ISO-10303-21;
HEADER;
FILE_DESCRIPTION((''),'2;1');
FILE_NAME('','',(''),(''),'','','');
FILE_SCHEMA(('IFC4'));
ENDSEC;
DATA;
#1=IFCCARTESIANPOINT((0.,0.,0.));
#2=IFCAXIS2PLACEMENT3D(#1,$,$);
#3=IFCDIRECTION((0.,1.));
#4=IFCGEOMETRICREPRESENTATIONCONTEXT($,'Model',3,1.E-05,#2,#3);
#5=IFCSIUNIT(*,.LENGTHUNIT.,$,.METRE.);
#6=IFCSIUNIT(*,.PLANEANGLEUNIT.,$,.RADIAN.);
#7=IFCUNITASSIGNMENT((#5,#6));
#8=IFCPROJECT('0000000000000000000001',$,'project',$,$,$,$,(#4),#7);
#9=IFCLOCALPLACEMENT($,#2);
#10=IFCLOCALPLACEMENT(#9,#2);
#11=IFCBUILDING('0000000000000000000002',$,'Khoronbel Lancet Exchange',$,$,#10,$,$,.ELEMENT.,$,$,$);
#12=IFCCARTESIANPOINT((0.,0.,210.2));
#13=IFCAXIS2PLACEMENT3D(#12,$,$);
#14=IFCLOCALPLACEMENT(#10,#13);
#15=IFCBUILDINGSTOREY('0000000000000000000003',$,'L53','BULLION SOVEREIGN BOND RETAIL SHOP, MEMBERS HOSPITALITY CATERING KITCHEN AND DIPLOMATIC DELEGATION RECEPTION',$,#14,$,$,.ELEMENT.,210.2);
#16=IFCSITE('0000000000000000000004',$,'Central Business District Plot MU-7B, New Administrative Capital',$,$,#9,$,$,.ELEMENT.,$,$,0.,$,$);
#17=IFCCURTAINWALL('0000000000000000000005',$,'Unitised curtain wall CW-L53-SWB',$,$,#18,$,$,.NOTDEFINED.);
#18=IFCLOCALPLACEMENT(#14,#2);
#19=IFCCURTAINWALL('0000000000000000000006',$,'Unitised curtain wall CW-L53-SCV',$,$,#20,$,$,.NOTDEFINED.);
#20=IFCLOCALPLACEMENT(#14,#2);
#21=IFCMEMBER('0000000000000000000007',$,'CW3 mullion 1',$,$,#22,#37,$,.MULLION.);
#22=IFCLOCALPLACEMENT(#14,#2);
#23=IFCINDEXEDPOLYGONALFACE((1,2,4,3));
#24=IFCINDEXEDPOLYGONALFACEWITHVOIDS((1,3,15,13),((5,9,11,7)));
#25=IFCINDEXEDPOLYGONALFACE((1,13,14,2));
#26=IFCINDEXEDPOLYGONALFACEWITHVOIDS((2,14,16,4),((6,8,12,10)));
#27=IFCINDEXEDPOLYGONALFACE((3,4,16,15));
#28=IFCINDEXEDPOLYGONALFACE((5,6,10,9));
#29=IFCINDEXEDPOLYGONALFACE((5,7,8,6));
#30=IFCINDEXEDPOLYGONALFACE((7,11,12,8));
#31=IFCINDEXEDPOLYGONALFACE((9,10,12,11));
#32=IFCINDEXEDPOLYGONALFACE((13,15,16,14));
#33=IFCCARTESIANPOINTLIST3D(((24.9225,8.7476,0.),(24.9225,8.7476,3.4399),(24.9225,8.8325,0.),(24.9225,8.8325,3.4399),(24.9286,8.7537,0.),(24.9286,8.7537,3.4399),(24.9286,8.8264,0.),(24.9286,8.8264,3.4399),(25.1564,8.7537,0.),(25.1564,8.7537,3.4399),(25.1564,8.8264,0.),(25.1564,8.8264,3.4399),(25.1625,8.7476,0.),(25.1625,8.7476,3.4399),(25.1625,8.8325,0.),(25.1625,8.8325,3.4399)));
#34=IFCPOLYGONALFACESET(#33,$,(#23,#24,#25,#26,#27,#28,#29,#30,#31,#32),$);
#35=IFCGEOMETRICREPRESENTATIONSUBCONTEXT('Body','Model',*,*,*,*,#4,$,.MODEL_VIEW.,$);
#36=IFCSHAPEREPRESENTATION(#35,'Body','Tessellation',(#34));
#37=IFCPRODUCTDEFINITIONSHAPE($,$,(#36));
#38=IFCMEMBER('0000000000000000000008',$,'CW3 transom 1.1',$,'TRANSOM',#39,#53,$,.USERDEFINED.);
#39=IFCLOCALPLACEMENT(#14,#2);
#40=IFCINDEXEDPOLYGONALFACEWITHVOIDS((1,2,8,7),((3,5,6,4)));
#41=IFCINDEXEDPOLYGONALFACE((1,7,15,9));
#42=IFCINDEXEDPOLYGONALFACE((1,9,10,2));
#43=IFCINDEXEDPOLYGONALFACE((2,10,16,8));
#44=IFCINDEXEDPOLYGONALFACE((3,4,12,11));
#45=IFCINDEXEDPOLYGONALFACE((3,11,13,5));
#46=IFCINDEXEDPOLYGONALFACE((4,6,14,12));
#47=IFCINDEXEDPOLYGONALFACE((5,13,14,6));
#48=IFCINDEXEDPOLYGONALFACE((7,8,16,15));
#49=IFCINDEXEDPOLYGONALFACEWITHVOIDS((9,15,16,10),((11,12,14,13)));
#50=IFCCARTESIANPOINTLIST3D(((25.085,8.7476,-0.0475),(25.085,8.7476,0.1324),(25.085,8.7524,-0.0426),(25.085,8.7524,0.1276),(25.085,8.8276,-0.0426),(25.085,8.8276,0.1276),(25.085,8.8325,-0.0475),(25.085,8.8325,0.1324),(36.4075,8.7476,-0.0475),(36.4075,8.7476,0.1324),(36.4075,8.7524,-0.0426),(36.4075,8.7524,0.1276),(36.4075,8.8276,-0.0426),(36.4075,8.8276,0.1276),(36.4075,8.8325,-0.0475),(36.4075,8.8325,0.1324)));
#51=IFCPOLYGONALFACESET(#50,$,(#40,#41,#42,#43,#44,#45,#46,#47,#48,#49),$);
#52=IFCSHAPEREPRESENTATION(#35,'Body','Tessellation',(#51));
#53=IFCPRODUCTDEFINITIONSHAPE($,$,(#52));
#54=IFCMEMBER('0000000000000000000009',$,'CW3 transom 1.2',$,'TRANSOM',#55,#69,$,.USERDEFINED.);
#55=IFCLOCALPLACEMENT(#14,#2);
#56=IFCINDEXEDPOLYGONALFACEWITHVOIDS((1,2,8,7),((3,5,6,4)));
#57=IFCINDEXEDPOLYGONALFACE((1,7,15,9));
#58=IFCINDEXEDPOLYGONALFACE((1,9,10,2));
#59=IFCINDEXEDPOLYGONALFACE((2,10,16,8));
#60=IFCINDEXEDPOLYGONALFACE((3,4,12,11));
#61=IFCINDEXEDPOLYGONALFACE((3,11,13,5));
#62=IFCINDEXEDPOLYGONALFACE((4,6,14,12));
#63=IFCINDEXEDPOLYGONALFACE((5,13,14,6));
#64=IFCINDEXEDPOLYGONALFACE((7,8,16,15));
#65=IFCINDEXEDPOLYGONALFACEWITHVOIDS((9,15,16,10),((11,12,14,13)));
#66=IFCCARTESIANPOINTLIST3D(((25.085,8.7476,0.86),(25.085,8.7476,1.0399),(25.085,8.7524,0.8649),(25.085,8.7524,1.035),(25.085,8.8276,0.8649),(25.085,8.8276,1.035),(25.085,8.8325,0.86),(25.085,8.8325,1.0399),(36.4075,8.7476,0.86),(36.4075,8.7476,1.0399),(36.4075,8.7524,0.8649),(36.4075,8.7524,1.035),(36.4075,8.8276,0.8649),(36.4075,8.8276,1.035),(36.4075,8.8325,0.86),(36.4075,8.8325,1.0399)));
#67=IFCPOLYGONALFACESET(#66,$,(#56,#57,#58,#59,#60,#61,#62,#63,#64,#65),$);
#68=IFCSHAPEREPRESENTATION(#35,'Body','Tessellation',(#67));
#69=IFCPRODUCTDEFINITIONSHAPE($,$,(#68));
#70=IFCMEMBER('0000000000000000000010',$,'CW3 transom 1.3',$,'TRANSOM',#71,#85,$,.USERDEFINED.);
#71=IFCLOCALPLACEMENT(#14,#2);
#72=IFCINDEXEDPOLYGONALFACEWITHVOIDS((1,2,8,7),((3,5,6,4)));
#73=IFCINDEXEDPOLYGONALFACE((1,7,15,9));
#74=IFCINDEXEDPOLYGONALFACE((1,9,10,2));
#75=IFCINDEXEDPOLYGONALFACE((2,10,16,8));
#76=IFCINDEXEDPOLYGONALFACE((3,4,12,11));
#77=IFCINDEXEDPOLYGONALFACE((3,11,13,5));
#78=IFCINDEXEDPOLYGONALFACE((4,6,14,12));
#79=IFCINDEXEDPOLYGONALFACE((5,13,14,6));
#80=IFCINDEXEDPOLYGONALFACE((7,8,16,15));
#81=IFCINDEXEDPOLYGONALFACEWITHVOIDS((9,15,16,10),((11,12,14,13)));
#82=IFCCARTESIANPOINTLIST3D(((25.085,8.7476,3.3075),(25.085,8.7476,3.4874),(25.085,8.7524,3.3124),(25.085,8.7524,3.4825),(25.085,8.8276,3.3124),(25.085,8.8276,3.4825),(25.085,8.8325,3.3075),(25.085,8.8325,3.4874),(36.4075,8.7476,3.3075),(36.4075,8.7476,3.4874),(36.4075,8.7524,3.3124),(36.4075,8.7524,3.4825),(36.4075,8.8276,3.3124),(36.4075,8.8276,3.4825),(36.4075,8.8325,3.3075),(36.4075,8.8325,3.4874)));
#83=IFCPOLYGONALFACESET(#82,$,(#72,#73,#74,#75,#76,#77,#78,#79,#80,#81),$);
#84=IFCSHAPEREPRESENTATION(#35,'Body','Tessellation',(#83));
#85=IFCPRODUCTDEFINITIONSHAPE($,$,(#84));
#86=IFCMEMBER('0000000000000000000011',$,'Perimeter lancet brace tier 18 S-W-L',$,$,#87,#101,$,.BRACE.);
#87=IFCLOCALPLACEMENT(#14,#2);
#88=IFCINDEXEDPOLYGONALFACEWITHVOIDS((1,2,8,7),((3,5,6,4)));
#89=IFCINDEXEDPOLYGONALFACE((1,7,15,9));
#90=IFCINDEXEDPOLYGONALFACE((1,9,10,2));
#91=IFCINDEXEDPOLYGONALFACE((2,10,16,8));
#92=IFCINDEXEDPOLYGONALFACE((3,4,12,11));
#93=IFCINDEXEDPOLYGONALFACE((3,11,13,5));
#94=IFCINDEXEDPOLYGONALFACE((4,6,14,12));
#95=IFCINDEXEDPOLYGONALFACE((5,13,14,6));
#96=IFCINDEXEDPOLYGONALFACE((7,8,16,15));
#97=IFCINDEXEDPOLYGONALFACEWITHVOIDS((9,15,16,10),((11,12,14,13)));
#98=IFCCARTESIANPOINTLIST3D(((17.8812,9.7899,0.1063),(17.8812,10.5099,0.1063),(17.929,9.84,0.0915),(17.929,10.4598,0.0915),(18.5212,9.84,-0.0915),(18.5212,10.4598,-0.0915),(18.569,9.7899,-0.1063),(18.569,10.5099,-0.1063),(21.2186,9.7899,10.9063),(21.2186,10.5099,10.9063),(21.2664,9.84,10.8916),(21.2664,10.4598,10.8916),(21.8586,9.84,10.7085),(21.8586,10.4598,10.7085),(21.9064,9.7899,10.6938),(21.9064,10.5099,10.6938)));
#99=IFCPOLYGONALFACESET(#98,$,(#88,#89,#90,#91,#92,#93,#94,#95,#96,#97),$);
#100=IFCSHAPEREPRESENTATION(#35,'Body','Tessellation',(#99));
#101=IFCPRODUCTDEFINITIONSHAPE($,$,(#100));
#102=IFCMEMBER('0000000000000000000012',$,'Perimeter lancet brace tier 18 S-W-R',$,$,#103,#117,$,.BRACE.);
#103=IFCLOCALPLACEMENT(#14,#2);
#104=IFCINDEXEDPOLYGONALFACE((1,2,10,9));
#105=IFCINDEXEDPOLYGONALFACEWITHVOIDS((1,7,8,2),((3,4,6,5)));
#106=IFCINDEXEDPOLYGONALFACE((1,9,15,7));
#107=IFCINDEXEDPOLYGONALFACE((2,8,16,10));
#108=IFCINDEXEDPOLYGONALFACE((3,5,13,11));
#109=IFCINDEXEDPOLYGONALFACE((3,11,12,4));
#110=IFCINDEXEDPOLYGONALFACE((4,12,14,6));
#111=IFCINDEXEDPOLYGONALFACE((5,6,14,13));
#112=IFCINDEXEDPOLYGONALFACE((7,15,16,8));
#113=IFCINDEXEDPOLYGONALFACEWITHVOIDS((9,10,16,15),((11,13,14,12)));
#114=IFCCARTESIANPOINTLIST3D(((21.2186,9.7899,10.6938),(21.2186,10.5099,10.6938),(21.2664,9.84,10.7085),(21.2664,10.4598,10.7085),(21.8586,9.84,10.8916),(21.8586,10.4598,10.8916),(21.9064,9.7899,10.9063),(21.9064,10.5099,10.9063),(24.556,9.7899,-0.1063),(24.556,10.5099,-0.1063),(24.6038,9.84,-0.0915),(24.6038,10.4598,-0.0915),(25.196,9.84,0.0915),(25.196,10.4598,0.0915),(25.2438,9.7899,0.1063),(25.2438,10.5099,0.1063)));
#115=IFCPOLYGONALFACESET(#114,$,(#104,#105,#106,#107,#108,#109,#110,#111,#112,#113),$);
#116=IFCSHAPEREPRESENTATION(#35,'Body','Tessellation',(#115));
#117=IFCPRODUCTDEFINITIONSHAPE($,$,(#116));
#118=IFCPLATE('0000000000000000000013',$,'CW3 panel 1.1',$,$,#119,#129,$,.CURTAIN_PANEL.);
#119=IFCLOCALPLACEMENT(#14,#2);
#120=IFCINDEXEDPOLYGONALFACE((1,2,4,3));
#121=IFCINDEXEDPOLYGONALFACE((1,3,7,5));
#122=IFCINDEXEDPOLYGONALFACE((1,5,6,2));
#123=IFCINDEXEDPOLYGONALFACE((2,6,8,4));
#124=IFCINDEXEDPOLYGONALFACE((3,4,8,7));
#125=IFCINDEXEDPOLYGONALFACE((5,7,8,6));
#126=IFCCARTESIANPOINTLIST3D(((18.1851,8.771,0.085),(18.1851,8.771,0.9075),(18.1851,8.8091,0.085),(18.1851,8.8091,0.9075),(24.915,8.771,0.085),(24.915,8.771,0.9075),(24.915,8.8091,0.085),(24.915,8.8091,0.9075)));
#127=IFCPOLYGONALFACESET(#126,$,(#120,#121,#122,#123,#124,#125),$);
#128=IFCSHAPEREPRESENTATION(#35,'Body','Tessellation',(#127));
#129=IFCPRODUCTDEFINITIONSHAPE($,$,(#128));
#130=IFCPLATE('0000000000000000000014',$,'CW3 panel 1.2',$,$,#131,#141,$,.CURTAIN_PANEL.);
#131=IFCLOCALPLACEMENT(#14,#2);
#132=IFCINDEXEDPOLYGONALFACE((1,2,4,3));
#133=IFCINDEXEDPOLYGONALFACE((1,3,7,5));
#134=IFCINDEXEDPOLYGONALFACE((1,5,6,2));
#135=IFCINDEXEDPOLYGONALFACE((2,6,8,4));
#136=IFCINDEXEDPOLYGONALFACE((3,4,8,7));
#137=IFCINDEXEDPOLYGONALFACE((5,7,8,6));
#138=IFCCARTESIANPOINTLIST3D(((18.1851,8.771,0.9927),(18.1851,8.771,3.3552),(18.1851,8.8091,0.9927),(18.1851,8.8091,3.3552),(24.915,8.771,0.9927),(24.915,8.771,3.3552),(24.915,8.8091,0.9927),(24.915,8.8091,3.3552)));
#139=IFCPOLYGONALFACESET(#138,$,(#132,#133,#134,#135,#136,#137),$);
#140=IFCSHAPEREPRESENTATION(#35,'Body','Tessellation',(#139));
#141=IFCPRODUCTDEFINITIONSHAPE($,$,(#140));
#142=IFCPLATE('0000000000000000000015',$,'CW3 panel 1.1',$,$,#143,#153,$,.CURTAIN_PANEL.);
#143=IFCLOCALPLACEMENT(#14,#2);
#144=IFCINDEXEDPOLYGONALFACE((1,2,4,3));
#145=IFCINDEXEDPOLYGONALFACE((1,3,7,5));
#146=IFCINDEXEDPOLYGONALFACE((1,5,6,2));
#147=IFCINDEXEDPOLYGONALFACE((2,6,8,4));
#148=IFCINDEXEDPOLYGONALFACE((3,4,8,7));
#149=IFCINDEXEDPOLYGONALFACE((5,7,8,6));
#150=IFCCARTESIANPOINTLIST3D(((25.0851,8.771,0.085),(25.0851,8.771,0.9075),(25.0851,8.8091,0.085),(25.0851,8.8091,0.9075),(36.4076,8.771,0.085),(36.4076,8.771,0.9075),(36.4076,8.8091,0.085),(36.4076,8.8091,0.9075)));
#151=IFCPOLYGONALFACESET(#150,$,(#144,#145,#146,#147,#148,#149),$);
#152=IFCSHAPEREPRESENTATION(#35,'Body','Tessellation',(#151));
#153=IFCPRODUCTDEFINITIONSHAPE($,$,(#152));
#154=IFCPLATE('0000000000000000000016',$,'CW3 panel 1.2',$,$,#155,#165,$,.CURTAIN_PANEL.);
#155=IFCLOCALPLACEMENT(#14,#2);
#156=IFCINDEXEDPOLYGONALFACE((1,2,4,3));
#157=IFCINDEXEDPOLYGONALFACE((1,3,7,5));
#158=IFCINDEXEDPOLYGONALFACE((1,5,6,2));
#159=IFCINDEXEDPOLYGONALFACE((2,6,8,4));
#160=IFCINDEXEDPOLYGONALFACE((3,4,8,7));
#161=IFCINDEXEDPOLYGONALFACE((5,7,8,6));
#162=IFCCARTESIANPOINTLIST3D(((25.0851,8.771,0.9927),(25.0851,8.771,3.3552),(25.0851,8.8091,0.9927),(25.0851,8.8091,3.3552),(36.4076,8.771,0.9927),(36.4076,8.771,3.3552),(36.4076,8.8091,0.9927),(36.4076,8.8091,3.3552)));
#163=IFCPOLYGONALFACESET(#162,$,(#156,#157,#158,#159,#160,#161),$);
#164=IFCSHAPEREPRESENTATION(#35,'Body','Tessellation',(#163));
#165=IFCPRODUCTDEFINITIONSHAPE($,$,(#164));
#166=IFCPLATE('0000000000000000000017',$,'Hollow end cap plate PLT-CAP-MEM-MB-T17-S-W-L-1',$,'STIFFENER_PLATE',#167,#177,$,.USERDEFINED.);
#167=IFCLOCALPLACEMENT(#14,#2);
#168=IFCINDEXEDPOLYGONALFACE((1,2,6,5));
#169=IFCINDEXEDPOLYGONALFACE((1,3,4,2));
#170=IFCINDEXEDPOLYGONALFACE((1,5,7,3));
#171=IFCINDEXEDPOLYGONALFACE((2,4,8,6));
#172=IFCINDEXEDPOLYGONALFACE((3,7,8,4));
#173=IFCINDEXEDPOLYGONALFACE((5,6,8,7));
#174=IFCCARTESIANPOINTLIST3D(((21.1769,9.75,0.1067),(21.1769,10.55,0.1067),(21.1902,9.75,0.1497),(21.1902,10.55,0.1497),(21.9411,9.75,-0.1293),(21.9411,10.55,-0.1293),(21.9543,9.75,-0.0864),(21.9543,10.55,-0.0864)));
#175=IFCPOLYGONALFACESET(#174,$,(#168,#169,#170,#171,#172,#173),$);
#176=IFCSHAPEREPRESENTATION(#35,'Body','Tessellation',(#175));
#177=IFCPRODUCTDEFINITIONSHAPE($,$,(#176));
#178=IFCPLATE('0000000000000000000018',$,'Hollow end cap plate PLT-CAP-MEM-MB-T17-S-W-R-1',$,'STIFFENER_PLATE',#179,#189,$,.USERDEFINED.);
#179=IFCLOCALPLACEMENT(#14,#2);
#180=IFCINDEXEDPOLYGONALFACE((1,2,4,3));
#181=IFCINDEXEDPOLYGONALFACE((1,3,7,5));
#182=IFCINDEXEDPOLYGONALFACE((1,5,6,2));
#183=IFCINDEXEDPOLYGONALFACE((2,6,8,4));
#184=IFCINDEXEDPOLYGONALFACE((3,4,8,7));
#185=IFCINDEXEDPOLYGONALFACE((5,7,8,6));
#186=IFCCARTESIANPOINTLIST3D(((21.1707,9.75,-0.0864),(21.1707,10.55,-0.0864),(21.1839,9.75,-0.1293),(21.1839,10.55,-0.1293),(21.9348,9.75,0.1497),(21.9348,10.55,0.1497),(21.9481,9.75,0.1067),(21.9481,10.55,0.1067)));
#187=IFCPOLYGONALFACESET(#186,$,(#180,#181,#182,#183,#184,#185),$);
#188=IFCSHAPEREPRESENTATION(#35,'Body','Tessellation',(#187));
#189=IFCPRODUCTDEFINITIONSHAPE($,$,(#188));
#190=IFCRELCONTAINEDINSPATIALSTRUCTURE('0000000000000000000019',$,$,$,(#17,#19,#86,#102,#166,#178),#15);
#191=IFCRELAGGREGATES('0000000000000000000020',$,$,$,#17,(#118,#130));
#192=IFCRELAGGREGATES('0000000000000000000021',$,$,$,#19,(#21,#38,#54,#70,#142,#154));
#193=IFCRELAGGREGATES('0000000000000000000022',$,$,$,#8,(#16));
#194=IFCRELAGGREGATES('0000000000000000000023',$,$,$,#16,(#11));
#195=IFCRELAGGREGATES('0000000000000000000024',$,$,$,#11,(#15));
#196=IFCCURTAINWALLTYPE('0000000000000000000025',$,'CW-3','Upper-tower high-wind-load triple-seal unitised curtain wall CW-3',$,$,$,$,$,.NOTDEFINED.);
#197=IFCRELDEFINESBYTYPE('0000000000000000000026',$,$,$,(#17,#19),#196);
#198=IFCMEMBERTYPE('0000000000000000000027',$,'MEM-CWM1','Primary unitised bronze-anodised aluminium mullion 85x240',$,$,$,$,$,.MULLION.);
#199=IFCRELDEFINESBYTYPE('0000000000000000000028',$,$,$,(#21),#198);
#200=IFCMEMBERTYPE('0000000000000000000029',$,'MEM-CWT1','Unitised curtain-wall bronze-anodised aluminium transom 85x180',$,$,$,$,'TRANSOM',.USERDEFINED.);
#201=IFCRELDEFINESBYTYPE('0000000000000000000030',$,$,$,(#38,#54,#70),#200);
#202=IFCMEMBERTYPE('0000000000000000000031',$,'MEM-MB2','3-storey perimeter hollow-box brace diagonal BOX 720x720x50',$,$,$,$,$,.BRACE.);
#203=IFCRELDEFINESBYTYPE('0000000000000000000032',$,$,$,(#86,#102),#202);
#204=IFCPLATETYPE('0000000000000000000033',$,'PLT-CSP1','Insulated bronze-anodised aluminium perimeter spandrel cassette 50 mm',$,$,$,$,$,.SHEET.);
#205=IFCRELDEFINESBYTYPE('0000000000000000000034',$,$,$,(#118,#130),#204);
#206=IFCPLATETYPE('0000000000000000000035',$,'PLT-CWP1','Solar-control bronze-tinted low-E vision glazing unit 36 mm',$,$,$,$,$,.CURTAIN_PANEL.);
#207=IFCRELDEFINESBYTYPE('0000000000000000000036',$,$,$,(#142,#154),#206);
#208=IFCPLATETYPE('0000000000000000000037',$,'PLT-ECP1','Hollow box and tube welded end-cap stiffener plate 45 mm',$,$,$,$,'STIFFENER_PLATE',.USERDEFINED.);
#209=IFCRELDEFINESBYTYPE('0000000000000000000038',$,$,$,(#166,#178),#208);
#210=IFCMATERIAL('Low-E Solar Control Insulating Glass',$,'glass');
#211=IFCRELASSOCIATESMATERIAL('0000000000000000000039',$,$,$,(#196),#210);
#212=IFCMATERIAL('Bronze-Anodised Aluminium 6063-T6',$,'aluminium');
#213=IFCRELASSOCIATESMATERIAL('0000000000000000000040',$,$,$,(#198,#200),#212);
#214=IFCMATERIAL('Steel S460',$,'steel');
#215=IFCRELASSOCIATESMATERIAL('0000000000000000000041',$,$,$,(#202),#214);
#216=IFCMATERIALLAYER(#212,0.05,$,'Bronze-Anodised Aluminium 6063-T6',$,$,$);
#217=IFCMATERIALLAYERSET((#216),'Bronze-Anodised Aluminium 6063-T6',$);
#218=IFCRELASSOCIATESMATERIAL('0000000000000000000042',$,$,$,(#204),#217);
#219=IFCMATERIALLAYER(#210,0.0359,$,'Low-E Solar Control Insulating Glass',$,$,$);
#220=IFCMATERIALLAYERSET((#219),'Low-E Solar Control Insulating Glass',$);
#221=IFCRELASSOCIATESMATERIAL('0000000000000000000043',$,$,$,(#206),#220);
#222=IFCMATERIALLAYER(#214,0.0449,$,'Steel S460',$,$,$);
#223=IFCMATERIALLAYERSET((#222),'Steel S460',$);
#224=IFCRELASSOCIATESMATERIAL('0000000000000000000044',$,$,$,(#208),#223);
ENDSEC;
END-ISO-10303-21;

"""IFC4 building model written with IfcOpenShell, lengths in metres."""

from ifc_helpers import new_model, si_unit, direction, frame, origin, origin_2d, place, context, subcontext, project, spatial, polyline, rectangle, hollow_rectangle, outline, extrude, material, layer, layer_set, material_profile, profile_set, type_object, element, aggregate, save


model = new_model("IFC4")

# Units and contexts
model_context = context("Model", 3, precision=1e-05, world=origin(), true_north=direction((0.0, 1.0)))
body_context = subcontext(model_context, "Body", "Model", "MODEL_VIEW")
ifc_project = project(units=[si_unit("LENGTHUNIT", "METRE"), si_unit("PLANEANGLEUNIT", "RADIAN")], contexts=[model_context])

# Site, building, storey
site_placement = place(None, origin())
site = spatial("IfcSite", under=ifc_project, at=site_placement, Name="Central Business District Plot MU-7B, New Administrative Capital", CompositionType="ELEMENT", RefElevation=0.0)
building_placement = place(site_placement, origin())
building = spatial("IfcBuilding", under=site, at=building_placement, Name="Khoronbel Lancet Exchange", CompositionType="ELEMENT")
storey_placement = place(building_placement, frame((0.0, 0.0, 210.2)))
storey = spatial("IfcBuildingStorey", under=building, at=storey_placement, Name="L53", Description="BULLION SOVEREIGN BOND RETAIL SHOP, MEMBERS HOSPITALITY CATERING KITCHEN AND DIPLOMATIC DELEGATION RECEPTION", CompositionType="ELEMENT", Elevation=210.2)

# Shared definitions
ifc_material_1 = material(Name="Steel S460", Category="steel")

# Curtain wall
ifc_material_2 = material(Name="Low-E Solar Control Insulating Glass", Category="glass")
curtain_wall_type = type_object("IfcCurtainWallType", Name="CW-3", Description="Upper-tower high-wind-load triple-seal unitised curtain wall CW-3", PredefinedType="NOTDEFINED", material=ifc_material_2)
curtain_wall_1_placement = place(storey_placement, origin())
curtain_wall_1 = element("IfcCurtainWall", 1, at=curtain_wall_1_placement, inside=storey, type_object=curtain_wall_type, Name="Unitised curtain wall CW-L53-SWB", PredefinedType="NOTDEFINED")
ifc_material_3 = material(Name="Bronze-Anodised Aluminium 6063-T6", Category="aluminium")
ifc_material_profile_1 = material_profile(ifc_material_3, hollow_rectangle(XDim=0.085, YDim=0.24, WallThickness=0.0061, at=origin_2d()), Name="ALU MULLION 85x240")
ifc_profile_set_1 = profile_set([ifc_material_profile_1], Name="Bronze-Anodised Aluminium 6063-T6")
member_type_1 = type_object("IfcMemberType", Name="MEM-CWM1", Description="Primary unitised bronze-anodised aluminium mullion 85x240", PredefinedType="MULLION", material=ifc_profile_set_1)

# Curtain wall, members
curtain_wall_2_placement = place(storey_placement, origin())
curtain_wall_2 = element("IfcCurtainWall", 2, at=curtain_wall_2_placement, inside=storey, type_object=curtain_wall_type, Name="Unitised curtain wall CW-L53-SCV", PredefinedType="NOTDEFINED")
member_1_placement = place(storey_placement, frame((25.0425, 8.79, 0.0), z_axis=(0.0, 0.0, 1.0), x_axis=(0.0, 1.0, 0.0)))
member_1 = element("IfcMember", 3, at=member_1_placement, type_object=member_type_1, Name="CW3 mullion 1", PredefinedType="MULLION", context=body_context, shape_type="SweptSolid", body=[
    extrude(hollow_rectangle(XDim=0.085, YDim=0.24, WallThickness=0.0061, at=origin_2d()), origin(), (0.0, 0.0, 1.0), 3.4399),
])
ifc_material_profile_2 = material_profile(ifc_material_3, hollow_rectangle(XDim=0.085, YDim=0.1799, WallThickness=0.0049, at=origin_2d()), Name="ALU TRANSOM 85x180")
ifc_profile_set_2 = profile_set([ifc_material_profile_2], Name="Bronze-Anodised Aluminium 6063-T6")
member_type_2 = type_object("IfcMemberType", Name="MEM-CWT1", Description="Unitised curtain-wall bronze-anodised aluminium transom 85x180", ElementType="TRANSOM", PredefinedType="USERDEFINED", material=ifc_profile_set_2)
member_2_placement = place(storey_placement, frame((25.085, 8.79, 0.0425), z_axis=(1.0, 0.0, 0.0), x_axis=(0.0, 1.0, 0.0)))
member_2 = element("IfcMember", 4, at=member_2_placement, type_object=member_type_2, Name="CW3 transom 1.1", ObjectType="TRANSOM", PredefinedType="USERDEFINED", context=body_context, shape_type="SweptSolid", body=[
    extrude(hollow_rectangle(XDim=0.085, YDim=0.1799, WallThickness=0.0049, at=origin_2d()), origin(), (0.0, 0.0, 1.0), 11.3225),
])
member_3_placement = place(storey_placement, frame((25.085, 8.79, 0.95), z_axis=(1.0, 0.0, 0.0), x_axis=(0.0, 1.0, 0.0)))
member_3 = element("IfcMember", 5, at=member_3_placement, type_object=member_type_2, Name="CW3 transom 1.2", ObjectType="TRANSOM", PredefinedType="USERDEFINED", context=body_context, shape_type="SweptSolid", body=[
    extrude(hollow_rectangle(XDim=0.085, YDim=0.1799, WallThickness=0.0049, at=origin_2d()), origin(), (0.0, 0.0, 1.0), 11.3225),
])
member_4_placement = place(storey_placement, frame((25.085, 8.79, 3.3975), z_axis=(1.0, 0.0, 0.0), x_axis=(0.0, 1.0, 0.0)))
member_4 = element("IfcMember", 6, at=member_4_placement, type_object=member_type_2, Name="CW3 transom 1.3", ObjectType="TRANSOM", PredefinedType="USERDEFINED", context=body_context, shape_type="SweptSolid", body=[
    extrude(hollow_rectangle(XDim=0.085, YDim=0.1799, WallThickness=0.0049, at=origin_2d()), origin(), (0.0, 0.0, 1.0), 11.3225),
])

# Members
ifc_material_profile_3 = material_profile(ifc_material_1, hollow_rectangle(XDim=0.72, YDim=0.72, WallThickness=0.05, at=origin_2d()), Name="BOX 720x720x50")
ifc_profile_set_3 = profile_set([ifc_material_profile_3], Name="Steel S460")
member_type_3 = type_object("IfcMemberType", Name="MEM-MB2", Description="3-storey perimeter hollow-box brace diagonal BOX 720x720x50", PredefinedType="BRACE", material=ifc_profile_set_3)
for number, where, z_axis, x_axis, name in (
    (7, (18.2251, 10.1499, 0.0), (0.295242, 0.0, 0.955422), (0.0, 1.0, 0.0), "Perimeter lancet brace tier 18 S-W-L"),
    (8, (24.8999, 10.1499, 0.0), (-0.295242, 0.0, 0.955422), (0.0, -1.0, 0.0), "Perimeter lancet brace tier 18 S-W-R"),
):
    element("IfcMember", number, at=place(storey_placement, frame(where, z_axis=z_axis, x_axis=x_axis)), inside=storey, type_object=member_type_3, Name=name, PredefinedType="BRACE", context=body_context, shape_type="SweptSolid", body=[
        extrude(hollow_rectangle(XDim=0.72, YDim=0.72, WallThickness=0.05, at=origin_2d()), origin(), (0.0, 0.0, 1.0), 11.304),
    ])

# Plates
ifc_layer_1 = layer(ifc_material_3, 0.05, Name="Bronze-Anodised Aluminium 6063-T6")
ifc_layer_set_1 = layer_set([ifc_layer_1], Name="Bronze-Anodised Aluminium 6063-T6")
plate_type_1 = type_object("IfcPlateType", Name="PLT-CSP1", Description="Insulated bronze-anodised aluminium perimeter spandrel cassette 50 mm", PredefinedType="SHEET", material=ifc_layer_set_1)
plate_1_placement = place(storey_placement, frame((21.55, 8.79, 0.085), z_axis=(0.0, 0.0, 1.0), x_axis=(1.0, 0.0, 0.0)))
plate_1 = element("IfcPlate", 9, at=plate_1_placement, type_object=plate_type_1, Name="CW3 panel 1.1", PredefinedType="CURTAIN_PANEL", context=body_context, shape_type="SweptSolid", body=[
    extrude(rectangle(XDim=6.73, YDim=0.0381, at=origin_2d()), origin(), (0.0, 0.0, 1.0), 0.8225),
])
plate_2_placement = place(storey_placement, frame((21.55, 8.79, 0.9927), z_axis=(0.0, 0.0, 1.0), x_axis=(1.0, 0.0, 0.0)))
plate_2 = element("IfcPlate", 10, at=plate_2_placement, type_object=plate_type_1, Name="CW3 panel 1.2", PredefinedType="CURTAIN_PANEL", context=body_context, shape_type="SweptSolid", body=[
    extrude(rectangle(XDim=6.73, YDim=0.0381, at=origin_2d()), origin(), (0.0, 0.0, 1.0), 2.3625),
])
aggregate(curtain_wall_1, [plate_1, plate_2])
ifc_layer_2 = layer(ifc_material_2, 0.0359, Name="Low-E Solar Control Insulating Glass")
ifc_layer_set_2 = layer_set([ifc_layer_2], Name="Low-E Solar Control Insulating Glass")
plate_type_2 = type_object("IfcPlateType", Name="PLT-CWP1", Description="Solar-control bronze-tinted low-E vision glazing unit 36 mm", PredefinedType="CURTAIN_PANEL", material=ifc_layer_set_2)
plate_3_placement = place(storey_placement, frame((30.7463, 8.79, 0.085), z_axis=(0.0, 0.0, 1.0), x_axis=(1.0, 0.0, 0.0)))
plate_3 = element("IfcPlate", 11, at=plate_3_placement, type_object=plate_type_2, Name="CW3 panel 1.1", PredefinedType="CURTAIN_PANEL", context=body_context, shape_type="SweptSolid", body=[
    extrude(rectangle(XDim=11.3225, YDim=0.0381, at=origin_2d()), origin(), (0.0, 0.0, 1.0), 0.8225),
])
plate_4_placement = place(storey_placement, frame((30.7463, 8.79, 0.9927), z_axis=(0.0, 0.0, 1.0), x_axis=(1.0, 0.0, 0.0)))
plate_4 = element("IfcPlate", 12, at=plate_4_placement, type_object=plate_type_2, Name="CW3 panel 1.2", PredefinedType="CURTAIN_PANEL", context=body_context, shape_type="SweptSolid", body=[
    extrude(rectangle(XDim=11.3225, YDim=0.0381, at=origin_2d()), origin(), (0.0, 0.0, 1.0), 2.3625),
])
aggregate(curtain_wall_2, [member_1, member_2, member_3, member_4, plate_3, plate_4])

# Plates
ifc_layer_3 = layer(ifc_material_1, 0.0449, Name="Steel S460")
ifc_layer_set_3 = layer_set([ifc_layer_3], Name="Steel S460")
plate_type_3 = type_object("IfcPlateType", Name="PLT-ECP1", Description="Hollow box and tube welded end-cap stiffener plate 45 mm", ElementType="STIFFENER_PLATE", PredefinedType="USERDEFINED", material=ifc_layer_set_3)
for number, where, z_axis, x_axis, name in (
    (13, (21.9543, 9.75, -0.0864), (0.29518, 0.0, 0.955442), (0.0, 1.0, 0.0), "Hollow end cap plate PLT-CAP-MEM-MB-T17-S-W-L-1"),
    (14, (21.1707, 10.55, -0.0864), (-0.29518, 0.0, 0.955442), (0.0, -1.0, 0.0), "Hollow end cap plate PLT-CAP-MEM-MB-T17-S-W-R-1"),
):
    element("IfcPlate", number, at=place(storey_placement, frame(where, z_axis=z_axis, x_axis=x_axis)), inside=storey, type_object=plate_type_3, Name=name, ObjectType="STIFFENER_PLATE", PredefinedType="USERDEFINED", context=body_context, shape_type="SweptSolid", body=[
        extrude(outline(polyline([(0.0, 0.0), (0.8, 0.0), (0.8, 0.7998), (0.0, 0.7998), (0.0, 0.0)])), origin(), (0.0, 0.0, -1.0), 0.0449),
    ])

save(model, "model.ifc")
